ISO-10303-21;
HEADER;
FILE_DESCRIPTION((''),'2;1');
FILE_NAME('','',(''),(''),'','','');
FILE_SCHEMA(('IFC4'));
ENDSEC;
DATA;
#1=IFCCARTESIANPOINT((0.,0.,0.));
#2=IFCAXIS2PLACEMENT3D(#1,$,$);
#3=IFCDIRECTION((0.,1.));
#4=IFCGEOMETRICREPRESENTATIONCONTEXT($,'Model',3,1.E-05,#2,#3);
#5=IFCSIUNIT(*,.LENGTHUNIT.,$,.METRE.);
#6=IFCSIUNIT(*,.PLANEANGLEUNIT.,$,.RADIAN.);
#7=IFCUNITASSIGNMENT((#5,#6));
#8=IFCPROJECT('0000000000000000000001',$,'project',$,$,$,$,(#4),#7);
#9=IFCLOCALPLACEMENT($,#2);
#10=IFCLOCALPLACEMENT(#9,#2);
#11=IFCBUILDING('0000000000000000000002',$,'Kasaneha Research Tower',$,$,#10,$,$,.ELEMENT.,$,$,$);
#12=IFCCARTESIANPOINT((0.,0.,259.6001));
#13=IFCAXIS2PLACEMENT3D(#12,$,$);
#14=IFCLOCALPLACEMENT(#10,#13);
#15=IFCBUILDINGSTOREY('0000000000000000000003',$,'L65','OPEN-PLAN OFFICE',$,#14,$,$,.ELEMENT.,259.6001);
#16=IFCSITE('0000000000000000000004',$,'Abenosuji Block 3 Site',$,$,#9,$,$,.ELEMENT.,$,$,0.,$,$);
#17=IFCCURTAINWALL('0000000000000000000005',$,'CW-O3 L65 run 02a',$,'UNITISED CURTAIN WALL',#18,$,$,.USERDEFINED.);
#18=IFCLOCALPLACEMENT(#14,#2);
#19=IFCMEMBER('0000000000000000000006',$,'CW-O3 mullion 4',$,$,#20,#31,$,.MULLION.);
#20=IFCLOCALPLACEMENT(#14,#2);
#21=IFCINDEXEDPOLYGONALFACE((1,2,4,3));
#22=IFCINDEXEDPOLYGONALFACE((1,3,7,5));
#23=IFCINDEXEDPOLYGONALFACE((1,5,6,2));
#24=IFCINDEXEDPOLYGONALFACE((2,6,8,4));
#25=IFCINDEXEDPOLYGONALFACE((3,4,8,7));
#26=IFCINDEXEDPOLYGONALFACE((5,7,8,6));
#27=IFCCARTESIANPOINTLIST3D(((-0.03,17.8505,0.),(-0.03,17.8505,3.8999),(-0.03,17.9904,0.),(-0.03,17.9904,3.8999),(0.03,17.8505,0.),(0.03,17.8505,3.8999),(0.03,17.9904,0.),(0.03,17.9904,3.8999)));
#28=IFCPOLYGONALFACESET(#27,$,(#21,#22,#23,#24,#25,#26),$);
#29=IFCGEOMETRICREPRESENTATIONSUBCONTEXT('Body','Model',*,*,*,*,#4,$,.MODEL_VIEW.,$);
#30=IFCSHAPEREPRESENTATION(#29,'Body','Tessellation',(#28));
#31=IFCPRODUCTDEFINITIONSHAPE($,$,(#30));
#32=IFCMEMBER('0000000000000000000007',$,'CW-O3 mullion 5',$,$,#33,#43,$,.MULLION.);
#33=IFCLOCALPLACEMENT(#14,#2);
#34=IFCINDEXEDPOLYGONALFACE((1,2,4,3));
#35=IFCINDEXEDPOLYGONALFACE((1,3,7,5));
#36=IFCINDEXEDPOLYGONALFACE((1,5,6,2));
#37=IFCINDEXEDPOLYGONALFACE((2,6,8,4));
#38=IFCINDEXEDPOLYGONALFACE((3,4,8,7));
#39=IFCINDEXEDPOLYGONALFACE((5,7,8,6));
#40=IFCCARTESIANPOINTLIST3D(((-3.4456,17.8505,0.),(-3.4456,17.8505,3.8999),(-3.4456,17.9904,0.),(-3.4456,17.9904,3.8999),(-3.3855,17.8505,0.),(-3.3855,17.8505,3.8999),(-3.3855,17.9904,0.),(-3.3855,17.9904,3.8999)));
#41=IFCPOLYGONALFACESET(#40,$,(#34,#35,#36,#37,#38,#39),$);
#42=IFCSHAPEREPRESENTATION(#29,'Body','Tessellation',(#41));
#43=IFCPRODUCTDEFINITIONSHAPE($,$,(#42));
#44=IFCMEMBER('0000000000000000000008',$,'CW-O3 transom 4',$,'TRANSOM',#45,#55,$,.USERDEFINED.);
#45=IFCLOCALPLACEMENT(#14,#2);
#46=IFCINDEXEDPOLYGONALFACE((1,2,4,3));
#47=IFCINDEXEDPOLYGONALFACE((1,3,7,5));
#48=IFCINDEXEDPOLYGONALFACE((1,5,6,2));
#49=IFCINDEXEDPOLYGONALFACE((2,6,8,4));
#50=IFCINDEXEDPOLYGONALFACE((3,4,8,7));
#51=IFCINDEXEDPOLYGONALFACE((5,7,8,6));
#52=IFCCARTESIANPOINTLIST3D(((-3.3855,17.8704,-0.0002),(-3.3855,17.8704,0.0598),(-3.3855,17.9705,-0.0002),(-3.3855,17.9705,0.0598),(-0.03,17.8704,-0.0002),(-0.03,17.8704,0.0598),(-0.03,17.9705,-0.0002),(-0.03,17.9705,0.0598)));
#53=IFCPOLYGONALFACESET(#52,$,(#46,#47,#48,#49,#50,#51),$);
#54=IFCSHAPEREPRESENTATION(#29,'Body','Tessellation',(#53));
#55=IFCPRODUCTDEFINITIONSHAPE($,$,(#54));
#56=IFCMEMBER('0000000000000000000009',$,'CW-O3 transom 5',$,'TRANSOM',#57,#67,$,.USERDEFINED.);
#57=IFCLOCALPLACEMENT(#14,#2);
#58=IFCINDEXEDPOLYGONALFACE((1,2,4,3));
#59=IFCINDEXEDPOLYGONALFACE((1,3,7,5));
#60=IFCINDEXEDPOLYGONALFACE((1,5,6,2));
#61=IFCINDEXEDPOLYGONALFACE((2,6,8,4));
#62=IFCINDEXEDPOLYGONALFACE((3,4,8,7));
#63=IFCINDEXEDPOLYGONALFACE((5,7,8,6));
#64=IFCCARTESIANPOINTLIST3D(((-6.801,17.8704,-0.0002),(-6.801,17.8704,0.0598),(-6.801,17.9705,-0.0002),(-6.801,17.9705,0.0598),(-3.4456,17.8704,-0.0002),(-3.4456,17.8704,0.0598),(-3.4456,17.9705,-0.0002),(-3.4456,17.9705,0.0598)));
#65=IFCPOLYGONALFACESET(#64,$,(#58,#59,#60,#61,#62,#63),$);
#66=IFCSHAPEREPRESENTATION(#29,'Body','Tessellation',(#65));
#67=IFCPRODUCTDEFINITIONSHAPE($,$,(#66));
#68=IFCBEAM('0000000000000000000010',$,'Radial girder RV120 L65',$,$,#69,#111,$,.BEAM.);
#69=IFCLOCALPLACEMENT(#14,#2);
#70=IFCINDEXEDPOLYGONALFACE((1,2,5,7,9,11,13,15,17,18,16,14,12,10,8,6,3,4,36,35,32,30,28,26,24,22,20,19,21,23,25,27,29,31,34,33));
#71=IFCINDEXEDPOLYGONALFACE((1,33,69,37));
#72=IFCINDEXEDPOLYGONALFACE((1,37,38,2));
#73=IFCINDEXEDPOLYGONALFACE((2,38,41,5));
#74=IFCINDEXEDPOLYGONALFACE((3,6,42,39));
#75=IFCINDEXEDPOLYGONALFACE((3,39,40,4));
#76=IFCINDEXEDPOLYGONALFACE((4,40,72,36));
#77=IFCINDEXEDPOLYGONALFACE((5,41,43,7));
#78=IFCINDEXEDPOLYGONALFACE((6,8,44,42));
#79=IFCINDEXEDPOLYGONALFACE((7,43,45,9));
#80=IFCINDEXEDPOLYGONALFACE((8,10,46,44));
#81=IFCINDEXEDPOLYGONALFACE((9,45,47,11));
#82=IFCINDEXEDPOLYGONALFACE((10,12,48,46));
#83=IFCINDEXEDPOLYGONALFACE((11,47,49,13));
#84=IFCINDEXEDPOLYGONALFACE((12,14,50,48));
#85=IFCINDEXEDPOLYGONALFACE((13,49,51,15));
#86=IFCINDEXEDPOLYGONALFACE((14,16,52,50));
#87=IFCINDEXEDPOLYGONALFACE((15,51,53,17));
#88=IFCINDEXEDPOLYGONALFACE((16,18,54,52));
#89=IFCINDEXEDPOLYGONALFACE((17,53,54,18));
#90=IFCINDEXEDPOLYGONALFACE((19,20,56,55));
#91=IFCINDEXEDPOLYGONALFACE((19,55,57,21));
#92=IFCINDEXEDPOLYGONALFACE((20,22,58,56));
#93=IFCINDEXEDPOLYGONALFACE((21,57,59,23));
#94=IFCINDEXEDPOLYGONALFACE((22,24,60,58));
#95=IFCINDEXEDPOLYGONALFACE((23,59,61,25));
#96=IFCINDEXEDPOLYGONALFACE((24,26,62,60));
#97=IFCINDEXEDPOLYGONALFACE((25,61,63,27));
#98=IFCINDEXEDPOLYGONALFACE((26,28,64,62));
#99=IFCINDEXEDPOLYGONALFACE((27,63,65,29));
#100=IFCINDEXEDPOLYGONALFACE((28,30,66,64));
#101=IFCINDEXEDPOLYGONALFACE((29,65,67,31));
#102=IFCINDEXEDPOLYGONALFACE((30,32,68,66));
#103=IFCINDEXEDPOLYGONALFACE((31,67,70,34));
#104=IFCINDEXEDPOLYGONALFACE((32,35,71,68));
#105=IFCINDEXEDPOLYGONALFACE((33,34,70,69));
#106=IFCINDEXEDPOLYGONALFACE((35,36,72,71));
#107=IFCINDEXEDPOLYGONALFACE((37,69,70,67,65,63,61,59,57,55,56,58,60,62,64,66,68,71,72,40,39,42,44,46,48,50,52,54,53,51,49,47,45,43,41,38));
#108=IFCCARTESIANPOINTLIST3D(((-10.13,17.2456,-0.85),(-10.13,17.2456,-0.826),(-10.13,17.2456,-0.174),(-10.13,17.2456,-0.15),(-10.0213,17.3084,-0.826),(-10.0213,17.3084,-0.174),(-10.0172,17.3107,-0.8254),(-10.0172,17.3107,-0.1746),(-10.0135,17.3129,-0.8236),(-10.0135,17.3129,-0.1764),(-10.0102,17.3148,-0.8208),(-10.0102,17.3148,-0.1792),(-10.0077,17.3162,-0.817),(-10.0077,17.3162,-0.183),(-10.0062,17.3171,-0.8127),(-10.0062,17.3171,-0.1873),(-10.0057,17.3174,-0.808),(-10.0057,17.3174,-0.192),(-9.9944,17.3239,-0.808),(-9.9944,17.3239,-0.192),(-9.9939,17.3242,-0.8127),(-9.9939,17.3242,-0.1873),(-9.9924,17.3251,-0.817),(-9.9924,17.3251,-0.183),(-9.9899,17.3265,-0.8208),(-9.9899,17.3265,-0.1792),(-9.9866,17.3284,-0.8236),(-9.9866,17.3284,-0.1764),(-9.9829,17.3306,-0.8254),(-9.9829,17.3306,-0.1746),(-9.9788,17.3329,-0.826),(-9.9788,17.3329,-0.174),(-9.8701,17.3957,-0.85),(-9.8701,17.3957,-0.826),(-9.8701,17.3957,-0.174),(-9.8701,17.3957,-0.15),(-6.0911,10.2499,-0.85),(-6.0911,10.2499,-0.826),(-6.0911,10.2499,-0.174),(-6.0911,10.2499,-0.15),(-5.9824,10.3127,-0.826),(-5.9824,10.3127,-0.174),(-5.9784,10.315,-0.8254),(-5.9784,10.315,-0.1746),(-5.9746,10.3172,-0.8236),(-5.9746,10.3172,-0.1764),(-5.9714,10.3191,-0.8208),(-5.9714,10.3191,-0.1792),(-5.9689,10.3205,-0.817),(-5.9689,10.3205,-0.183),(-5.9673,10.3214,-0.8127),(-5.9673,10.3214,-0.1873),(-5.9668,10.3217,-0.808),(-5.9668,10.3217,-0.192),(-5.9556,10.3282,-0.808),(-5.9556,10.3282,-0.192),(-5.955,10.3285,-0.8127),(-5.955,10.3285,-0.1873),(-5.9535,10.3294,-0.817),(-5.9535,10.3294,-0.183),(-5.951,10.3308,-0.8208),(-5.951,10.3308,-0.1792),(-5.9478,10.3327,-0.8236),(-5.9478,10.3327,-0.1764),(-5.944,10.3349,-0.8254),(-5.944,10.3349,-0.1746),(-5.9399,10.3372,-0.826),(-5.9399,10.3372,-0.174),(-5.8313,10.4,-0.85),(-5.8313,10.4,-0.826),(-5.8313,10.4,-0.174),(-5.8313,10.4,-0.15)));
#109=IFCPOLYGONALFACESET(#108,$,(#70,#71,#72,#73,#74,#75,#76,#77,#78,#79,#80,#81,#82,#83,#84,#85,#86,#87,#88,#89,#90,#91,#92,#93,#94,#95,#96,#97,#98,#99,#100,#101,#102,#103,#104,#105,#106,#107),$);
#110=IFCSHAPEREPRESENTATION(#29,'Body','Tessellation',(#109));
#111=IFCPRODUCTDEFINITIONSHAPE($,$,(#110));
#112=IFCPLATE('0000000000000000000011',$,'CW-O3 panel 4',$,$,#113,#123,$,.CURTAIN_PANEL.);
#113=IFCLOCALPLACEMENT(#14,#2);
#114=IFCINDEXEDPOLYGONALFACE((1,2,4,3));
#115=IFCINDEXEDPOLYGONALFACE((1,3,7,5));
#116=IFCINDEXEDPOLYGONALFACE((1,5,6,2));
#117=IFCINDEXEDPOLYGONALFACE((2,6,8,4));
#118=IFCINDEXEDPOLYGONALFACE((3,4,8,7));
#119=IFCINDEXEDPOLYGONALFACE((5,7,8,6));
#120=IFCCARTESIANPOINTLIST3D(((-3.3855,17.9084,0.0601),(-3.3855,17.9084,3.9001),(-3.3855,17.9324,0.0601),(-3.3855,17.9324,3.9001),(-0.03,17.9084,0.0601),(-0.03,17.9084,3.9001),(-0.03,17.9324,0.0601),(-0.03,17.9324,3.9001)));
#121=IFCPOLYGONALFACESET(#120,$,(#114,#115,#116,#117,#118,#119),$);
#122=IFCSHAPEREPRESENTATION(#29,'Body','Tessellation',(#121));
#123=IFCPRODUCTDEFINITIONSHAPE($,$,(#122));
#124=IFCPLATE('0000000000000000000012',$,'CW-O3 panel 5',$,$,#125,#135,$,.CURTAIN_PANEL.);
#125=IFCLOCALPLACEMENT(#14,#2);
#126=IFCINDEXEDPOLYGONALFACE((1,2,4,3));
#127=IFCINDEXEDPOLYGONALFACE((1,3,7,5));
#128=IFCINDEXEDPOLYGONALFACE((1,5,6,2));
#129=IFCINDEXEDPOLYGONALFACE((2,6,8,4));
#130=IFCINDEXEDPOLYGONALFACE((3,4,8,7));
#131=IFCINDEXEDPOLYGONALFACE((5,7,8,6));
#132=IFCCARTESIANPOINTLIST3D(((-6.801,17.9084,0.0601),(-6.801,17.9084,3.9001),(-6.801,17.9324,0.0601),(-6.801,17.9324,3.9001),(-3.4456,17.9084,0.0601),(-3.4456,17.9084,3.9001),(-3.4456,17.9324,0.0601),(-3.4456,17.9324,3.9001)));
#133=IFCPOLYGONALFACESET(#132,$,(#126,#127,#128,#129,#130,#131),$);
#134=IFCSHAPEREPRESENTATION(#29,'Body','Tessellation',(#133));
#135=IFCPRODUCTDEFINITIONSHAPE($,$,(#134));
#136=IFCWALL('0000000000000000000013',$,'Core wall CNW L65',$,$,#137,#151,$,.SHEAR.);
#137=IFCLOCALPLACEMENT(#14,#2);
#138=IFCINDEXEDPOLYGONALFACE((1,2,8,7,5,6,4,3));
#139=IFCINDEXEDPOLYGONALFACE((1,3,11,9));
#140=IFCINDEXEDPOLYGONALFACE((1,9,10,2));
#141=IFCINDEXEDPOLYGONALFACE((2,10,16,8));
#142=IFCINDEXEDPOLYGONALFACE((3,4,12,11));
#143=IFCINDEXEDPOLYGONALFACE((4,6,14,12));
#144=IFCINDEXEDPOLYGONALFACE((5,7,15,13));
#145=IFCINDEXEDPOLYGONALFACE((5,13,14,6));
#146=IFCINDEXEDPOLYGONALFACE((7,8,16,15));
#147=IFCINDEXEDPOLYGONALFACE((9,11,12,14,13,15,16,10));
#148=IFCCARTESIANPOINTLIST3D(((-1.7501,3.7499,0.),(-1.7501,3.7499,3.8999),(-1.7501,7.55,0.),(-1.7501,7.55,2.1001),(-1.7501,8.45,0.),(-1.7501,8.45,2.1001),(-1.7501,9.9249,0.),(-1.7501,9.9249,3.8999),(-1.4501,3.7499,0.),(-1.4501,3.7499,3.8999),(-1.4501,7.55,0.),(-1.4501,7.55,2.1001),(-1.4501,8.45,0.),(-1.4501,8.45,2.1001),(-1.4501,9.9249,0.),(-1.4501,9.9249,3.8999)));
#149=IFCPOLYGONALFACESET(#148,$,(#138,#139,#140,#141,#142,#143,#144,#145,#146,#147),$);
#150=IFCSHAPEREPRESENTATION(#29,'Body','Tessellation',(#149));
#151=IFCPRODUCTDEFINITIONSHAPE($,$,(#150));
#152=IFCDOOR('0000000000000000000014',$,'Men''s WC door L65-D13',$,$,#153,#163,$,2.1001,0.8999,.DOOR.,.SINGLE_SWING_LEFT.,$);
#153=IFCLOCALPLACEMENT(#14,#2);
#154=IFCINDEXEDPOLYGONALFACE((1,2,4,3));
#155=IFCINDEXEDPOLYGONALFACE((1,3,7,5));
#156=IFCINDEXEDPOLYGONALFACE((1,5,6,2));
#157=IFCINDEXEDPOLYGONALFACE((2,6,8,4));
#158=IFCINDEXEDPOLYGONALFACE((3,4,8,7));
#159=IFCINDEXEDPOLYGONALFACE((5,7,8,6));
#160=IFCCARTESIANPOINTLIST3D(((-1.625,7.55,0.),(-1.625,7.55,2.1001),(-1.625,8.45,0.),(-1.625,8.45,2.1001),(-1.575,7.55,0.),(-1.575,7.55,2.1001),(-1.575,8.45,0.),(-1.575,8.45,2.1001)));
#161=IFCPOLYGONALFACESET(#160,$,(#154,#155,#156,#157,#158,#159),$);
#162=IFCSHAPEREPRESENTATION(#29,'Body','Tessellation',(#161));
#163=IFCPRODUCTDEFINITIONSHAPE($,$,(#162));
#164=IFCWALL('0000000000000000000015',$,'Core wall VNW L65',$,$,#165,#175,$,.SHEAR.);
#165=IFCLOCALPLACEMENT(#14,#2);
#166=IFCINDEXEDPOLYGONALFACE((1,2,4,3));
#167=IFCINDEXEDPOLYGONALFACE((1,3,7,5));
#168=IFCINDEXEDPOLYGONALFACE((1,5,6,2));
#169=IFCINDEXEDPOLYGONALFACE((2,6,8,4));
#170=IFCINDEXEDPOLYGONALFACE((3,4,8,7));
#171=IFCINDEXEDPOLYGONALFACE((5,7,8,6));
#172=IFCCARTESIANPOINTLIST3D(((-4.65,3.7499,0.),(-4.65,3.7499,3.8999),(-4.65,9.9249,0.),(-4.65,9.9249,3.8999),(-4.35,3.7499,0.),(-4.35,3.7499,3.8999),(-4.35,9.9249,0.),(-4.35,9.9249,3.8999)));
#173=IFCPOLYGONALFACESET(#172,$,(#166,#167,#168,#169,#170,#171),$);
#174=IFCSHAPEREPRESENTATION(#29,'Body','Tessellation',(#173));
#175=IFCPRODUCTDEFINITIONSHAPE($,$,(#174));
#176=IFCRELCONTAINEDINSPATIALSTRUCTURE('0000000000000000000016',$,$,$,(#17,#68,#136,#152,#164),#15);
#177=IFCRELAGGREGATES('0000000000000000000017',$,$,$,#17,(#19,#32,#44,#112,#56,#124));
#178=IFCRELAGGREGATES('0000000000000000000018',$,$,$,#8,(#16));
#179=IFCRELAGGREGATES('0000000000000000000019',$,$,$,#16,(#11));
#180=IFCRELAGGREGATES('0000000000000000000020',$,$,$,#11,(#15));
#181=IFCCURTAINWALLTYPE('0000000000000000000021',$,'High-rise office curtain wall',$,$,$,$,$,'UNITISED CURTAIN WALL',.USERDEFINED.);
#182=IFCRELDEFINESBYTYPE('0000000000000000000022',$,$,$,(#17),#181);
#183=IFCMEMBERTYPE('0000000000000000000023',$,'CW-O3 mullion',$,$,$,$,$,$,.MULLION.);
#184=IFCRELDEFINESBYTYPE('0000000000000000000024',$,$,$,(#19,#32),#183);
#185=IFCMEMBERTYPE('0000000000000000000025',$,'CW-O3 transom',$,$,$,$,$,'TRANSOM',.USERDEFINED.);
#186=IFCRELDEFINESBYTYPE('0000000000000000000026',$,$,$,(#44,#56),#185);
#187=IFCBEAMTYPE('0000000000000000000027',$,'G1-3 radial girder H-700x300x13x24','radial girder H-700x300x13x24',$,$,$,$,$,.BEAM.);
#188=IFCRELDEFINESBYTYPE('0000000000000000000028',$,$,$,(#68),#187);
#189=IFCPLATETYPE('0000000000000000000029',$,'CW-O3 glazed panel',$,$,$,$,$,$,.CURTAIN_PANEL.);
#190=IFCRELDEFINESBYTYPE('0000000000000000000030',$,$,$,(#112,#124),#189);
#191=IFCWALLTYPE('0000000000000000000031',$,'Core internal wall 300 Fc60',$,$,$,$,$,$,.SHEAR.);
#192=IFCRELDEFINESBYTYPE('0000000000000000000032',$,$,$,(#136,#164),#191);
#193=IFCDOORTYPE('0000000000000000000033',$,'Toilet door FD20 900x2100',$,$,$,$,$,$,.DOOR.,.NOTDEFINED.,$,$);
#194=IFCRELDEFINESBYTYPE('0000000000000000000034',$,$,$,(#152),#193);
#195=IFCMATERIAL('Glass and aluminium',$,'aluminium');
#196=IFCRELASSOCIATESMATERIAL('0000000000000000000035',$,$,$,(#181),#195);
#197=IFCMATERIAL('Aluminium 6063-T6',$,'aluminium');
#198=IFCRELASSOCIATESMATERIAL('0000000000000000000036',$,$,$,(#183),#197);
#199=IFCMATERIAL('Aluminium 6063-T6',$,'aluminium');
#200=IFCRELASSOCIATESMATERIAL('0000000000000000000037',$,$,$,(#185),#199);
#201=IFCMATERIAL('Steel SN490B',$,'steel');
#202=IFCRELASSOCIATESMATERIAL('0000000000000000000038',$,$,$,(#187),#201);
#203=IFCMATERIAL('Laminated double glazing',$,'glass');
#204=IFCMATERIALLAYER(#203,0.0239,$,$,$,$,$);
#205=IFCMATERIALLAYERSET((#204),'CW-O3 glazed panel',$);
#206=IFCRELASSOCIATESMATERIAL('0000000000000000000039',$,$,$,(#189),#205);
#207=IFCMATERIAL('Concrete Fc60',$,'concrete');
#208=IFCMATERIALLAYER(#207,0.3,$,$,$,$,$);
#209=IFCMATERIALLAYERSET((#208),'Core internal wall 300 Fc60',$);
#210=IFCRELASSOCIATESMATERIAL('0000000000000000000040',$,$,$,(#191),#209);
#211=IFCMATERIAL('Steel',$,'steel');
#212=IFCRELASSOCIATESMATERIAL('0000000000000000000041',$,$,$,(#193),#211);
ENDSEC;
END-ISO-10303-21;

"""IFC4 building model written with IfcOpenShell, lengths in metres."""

from ifc_helpers import new_model, si_unit, direction, frame, frame_2d, origin, origin_2d, place, context, subcontext, project, spatial, rectangle, i_section, extrude, material, layer, layer_set, material_profile, profile_set, type_object, element, fill, aggregate, save


model = new_model("IFC4")

# Units and contexts
model_context = context("Model", 3, precision=1e-05, world=origin(), true_north=direction((0.0, 1.0)))
body_context = subcontext(model_context, "Body", "Model", "MODEL_VIEW")
ifc_project = project(units=[si_unit("LENGTHUNIT", "METRE"), si_unit("PLANEANGLEUNIT", "RADIAN")], contexts=[model_context])

# Site, building, storey
site_placement = place(None, origin())
site = spatial("IfcSite", under=ifc_project, at=site_placement, Name="Abenosuji Block 3 Site", CompositionType="ELEMENT", RefElevation=0.0)
building_placement = place(site_placement, origin())
building = spatial("IfcBuilding", under=site, at=building_placement, Name="Kasaneha Research Tower", CompositionType="ELEMENT")
storey_placement = place(building_placement, frame((0.0, 0.0, 259.6001)))
storey = spatial("IfcBuildingStorey", under=building, at=storey_placement, Name="L65", Description="OPEN-PLAN OFFICE", CompositionType="ELEMENT", Elevation=259.6001)

# Curtain wall, members
ifc_material_1 = material(Name="Glass and aluminium", Category="aluminium")
curtain_wall_type = type_object("IfcCurtainWallType", Name="High-rise office curtain wall", ElementType="UNITISED CURTAIN WALL", PredefinedType="USERDEFINED", material=ifc_material_1)
curtain_wall_placement = place(storey_placement, origin())
curtain_wall = element("IfcCurtainWall", 1, at=curtain_wall_placement, inside=storey, type_object=curtain_wall_type, Name="CW-O3 L65 run 02a", ObjectType="UNITISED CURTAIN WALL", PredefinedType="USERDEFINED")
ifc_material_2 = material(Name="Aluminium 6063-T6", Category="aluminium")
ifc_material_profile_1 = material_profile(ifc_material_2, rectangle(XDim=0.0601, YDim=0.1399, at=origin_2d()), Name="CW-O3 mullion 60x140")
ifc_profile_set_1 = profile_set([ifc_material_profile_1], Name="Aluminium 6063-T6")
member_type_1 = type_object("IfcMemberType", Name="CW-O3 mullion", PredefinedType="MULLION", material=ifc_profile_set_1)
member_1_placement = place(storey_placement, frame((0.0, 17.9204, 0.0), z_axis=(0.0, 0.0, 1.0), x_axis=(-1.0, 0.0, 0.0)))
member_1 = element("IfcMember", 2, at=member_1_placement, type_object=member_type_1, Name="CW-O3 mullion 4", PredefinedType="MULLION", context=body_context, shape_type="SweptSolid", body=[
    extrude(rectangle(XDim=0.0601, YDim=0.1399, at=origin_2d()), origin(), (0.0, 0.0, 1.0), 3.8999),
])
member_2_placement = place(storey_placement, frame((-3.4155, 17.9204, 0.0), z_axis=(0.0, 0.0, 1.0), x_axis=(-1.0, 0.0, 0.0)))
member_2 = element("IfcMember", 3, at=member_2_placement, type_object=member_type_1, Name="CW-O3 mullion 5", PredefinedType="MULLION", context=body_context, shape_type="SweptSolid", body=[
    extrude(rectangle(XDim=0.0601, YDim=0.1399, at=origin_2d()), origin(), (0.0, 0.0, 1.0), 3.8999),
])
ifc_material_3 = material(Name="Aluminium 6063-T6", Category="aluminium")
ifc_material_profile_2 = material_profile(ifc_material_3, rectangle(XDim=0.1001, YDim=0.0601, at=origin_2d()), Name="CW-O3 transom 100x60")
ifc_profile_set_2 = profile_set([ifc_material_profile_2], Name="Aluminium 6063-T6")
member_type_2 = type_object("IfcMemberType", Name="CW-O3 transom", ElementType="TRANSOM", PredefinedType="USERDEFINED", material=ifc_profile_set_2)
member_3_placement = place(storey_placement, frame((-0.03, 17.9204, 0.0298), z_axis=(-1.0, 0.0, 0.0), x_axis=(0.0, -1.0, 0.0)))
member_3 = element("IfcMember", 4, at=member_3_placement, type_object=member_type_2, Name="CW-O3 transom 4", ObjectType="TRANSOM", PredefinedType="USERDEFINED", context=body_context, shape_type="SweptSolid", body=[
    extrude(rectangle(XDim=0.1001, YDim=0.0601, at=origin_2d()), origin(), (0.0, 0.0, 1.0), 3.3555),
])
member_4_placement = place(storey_placement, frame((-3.4456, 17.9204, 0.0298), z_axis=(-1.0, 0.0, 0.0), x_axis=(0.0, -1.0, 0.0)))
member_4 = element("IfcMember", 5, at=member_4_placement, type_object=member_type_2, Name="CW-O3 transom 5", ObjectType="TRANSOM", PredefinedType="USERDEFINED", context=body_context, shape_type="SweptSolid", body=[
    extrude(rectangle(XDim=0.1001, YDim=0.0601, at=origin_2d()), origin(), (0.0, 0.0, 1.0), 3.3555),
])

# Beam
ifc_material_4 = material(Name="Steel SN490B", Category="steel")
ifc_material_profile_3 = material_profile(ifc_material_4, i_section(OverallWidth=0.3, OverallDepth=0.7, WebThickness=0.0129, FlangeThickness=0.0239, FilletRadius=0.0181, at=origin_2d()), Name="H-700x300x13x24")
ifc_profile_set_3 = profile_set([ifc_material_profile_3], Name="Steel SN490B")
beam_type = type_object("IfcBeamType", Name="G1-3 radial girder H-700x300x13x24", Description="radial girder H-700x300x13x24", PredefinedType="BEAM", material=ifc_profile_set_3)
beam_placement = place(storey_placement, frame((-5.9612, 10.325, -0.5), z_axis=(-0.499991, 0.866031, 0.0), x_axis=(-0.866031, -0.499991, 0.0)))
element("IfcBeam", 6, at=beam_placement, inside=storey, type_object=beam_type, Name="Radial girder RV120 L65", PredefinedType="BEAM", context=body_context, shape_type="SweptSolid", body=[
    extrude(i_section(OverallWidth=0.3, OverallDepth=0.7, WebThickness=0.0129, FlangeThickness=0.0239, FilletRadius=0.0181, at=origin_2d()), origin(), (0.0, 0.0, 1.0), 8.0779),
])

# Plates
ifc_material_5 = material(Name="Laminated double glazing", Category="glass")
ifc_layer_1 = layer(ifc_material_5, 0.0239)
ifc_layer_set_1 = layer_set([ifc_layer_1], Name="CW-O3 glazed panel")
plate_type = type_object("IfcPlateType", Name="CW-O3 glazed panel", PredefinedType="CURTAIN_PANEL", material=ifc_layer_set_1)
plate_1_placement = place(storey_placement, frame((-1.7078, 17.9204, 0.0601), z_axis=(0.0, 0.0, 1.0), x_axis=(-1.0, 0.0, 0.0)))
plate_1 = element("IfcPlate", 7, at=plate_1_placement, type_object=plate_type, Name="CW-O3 panel 4", PredefinedType="CURTAIN_PANEL", context=body_context, shape_type="SweptSolid", body=[
    extrude(rectangle(XDim=3.3555, YDim=0.0239, at=origin_2d()), origin(), (0.0, 0.0, 1.0), 3.8401),
])
plate_2_placement = place(storey_placement, frame((-5.1233, 17.9204, 0.0601), z_axis=(0.0, 0.0, 1.0), x_axis=(-1.0, 0.0, 0.0)))
plate_2 = element("IfcPlate", 8, at=plate_2_placement, type_object=plate_type, Name="CW-O3 panel 5", PredefinedType="CURTAIN_PANEL", context=body_context, shape_type="SweptSolid", body=[
    extrude(rectangle(XDim=3.3555, YDim=0.0239, at=origin_2d()), origin(), (0.0, 0.0, 1.0), 3.8401),
])
aggregate(curtain_wall, [member_1, member_2, member_3, plate_1, member_4, plate_2])

# Wall, opening, door
ifc_material_6 = material(Name="Concrete Fc60", Category="concrete")
ifc_layer_2 = layer(ifc_material_6, 0.3)
ifc_layer_set_2 = layer_set([ifc_layer_2], Name="Core internal wall 300 Fc60")
wall_type_1 = type_object("IfcWallType", Name="Core internal wall 300 Fc60", PredefinedType="SHEAR", material=ifc_layer_set_2)
wall_1_placement = place(storey_placement, frame((-1.6001, 3.75, 0.0), z_axis=(0.0, 0.0, 1.0), x_axis=(0.0, 1.0, 0.0)))
wall_1 = element("IfcWall", 9, at=wall_1_placement, inside=storey, type_object=wall_type_1, Name="Core wall CNW L65", PredefinedType="SHEAR", context=body_context, shape_type="SweptSolid", body=[
    extrude(rectangle(XDim=6.175, YDim=0.3, at=frame_2d((3.0874, 0.0))), origin(), (0.0, 0.0, 1.0), 3.8999),
])
opening_1_placement = place(wall_1_placement, frame((3.8, 0.0, 0.0)))
opening_1 = element("IfcOpeningElement", 10, at=opening_1_placement, cuts=wall_1, PredefinedType="OPENING", context=body_context, shape_type="SweptSolid", body=[
    extrude(rectangle(XDim=0.8999, YDim=2.1001, at=frame_2d((0.45, 1.05))), frame((0.0, 0.1602, 0.0), z_axis=(0.0, -1.0, 0.0), x_axis=(1.0, 0.0, 0.0)), (0.0, 0.0, 1.0), 0.3201),
])
ifc_material_7 = material(Name="Steel", Category="steel")
door_type_1 = type_object("IfcDoorType", Name="Toilet door FD20 900x2100", OperationType="NOTDEFINED", PredefinedType="DOOR", material=ifc_material_7)
door_1_placement = place(opening_1_placement, origin())
door_1 = element("IfcDoor", 11, at=door_1_placement, inside=storey, type_object=door_type_1, Name="Men's WC door L65-D13", OperationType="SINGLE_SWING_LEFT", OverallHeight=2.1001, OverallWidth=0.8999, PredefinedType="DOOR", context=body_context, shape_type="SweptSolid", body=[
    extrude(rectangle(XDim=0.8999, YDim=2.1001, at=frame_2d((0.45, 1.05))), frame((0.0, 0.0249, 0.0), z_axis=(0.0, -1.0, 0.0), x_axis=(1.0, 0.0, 0.0)), (0.0, 0.0, 1.0), 0.05),
])
fill(opening_1, door_1)

# Wall
wall_2_placement = place(storey_placement, frame((-4.5, 3.75, 0.0), z_axis=(0.0, 0.0, 1.0), x_axis=(0.0, 1.0, 0.0)))
element("IfcWall", 12, at=wall_2_placement, inside=storey, type_object=wall_type_1, Name="Core wall VNW L65", PredefinedType="SHEAR", context=body_context, shape_type="SweptSolid", body=[
    extrude(rectangle(XDim=6.175, YDim=0.3, at=frame_2d((3.0874, 0.0))), origin(), (0.0, 0.0, 1.0), 3.8999),
])

save(model, "model.ifc")
